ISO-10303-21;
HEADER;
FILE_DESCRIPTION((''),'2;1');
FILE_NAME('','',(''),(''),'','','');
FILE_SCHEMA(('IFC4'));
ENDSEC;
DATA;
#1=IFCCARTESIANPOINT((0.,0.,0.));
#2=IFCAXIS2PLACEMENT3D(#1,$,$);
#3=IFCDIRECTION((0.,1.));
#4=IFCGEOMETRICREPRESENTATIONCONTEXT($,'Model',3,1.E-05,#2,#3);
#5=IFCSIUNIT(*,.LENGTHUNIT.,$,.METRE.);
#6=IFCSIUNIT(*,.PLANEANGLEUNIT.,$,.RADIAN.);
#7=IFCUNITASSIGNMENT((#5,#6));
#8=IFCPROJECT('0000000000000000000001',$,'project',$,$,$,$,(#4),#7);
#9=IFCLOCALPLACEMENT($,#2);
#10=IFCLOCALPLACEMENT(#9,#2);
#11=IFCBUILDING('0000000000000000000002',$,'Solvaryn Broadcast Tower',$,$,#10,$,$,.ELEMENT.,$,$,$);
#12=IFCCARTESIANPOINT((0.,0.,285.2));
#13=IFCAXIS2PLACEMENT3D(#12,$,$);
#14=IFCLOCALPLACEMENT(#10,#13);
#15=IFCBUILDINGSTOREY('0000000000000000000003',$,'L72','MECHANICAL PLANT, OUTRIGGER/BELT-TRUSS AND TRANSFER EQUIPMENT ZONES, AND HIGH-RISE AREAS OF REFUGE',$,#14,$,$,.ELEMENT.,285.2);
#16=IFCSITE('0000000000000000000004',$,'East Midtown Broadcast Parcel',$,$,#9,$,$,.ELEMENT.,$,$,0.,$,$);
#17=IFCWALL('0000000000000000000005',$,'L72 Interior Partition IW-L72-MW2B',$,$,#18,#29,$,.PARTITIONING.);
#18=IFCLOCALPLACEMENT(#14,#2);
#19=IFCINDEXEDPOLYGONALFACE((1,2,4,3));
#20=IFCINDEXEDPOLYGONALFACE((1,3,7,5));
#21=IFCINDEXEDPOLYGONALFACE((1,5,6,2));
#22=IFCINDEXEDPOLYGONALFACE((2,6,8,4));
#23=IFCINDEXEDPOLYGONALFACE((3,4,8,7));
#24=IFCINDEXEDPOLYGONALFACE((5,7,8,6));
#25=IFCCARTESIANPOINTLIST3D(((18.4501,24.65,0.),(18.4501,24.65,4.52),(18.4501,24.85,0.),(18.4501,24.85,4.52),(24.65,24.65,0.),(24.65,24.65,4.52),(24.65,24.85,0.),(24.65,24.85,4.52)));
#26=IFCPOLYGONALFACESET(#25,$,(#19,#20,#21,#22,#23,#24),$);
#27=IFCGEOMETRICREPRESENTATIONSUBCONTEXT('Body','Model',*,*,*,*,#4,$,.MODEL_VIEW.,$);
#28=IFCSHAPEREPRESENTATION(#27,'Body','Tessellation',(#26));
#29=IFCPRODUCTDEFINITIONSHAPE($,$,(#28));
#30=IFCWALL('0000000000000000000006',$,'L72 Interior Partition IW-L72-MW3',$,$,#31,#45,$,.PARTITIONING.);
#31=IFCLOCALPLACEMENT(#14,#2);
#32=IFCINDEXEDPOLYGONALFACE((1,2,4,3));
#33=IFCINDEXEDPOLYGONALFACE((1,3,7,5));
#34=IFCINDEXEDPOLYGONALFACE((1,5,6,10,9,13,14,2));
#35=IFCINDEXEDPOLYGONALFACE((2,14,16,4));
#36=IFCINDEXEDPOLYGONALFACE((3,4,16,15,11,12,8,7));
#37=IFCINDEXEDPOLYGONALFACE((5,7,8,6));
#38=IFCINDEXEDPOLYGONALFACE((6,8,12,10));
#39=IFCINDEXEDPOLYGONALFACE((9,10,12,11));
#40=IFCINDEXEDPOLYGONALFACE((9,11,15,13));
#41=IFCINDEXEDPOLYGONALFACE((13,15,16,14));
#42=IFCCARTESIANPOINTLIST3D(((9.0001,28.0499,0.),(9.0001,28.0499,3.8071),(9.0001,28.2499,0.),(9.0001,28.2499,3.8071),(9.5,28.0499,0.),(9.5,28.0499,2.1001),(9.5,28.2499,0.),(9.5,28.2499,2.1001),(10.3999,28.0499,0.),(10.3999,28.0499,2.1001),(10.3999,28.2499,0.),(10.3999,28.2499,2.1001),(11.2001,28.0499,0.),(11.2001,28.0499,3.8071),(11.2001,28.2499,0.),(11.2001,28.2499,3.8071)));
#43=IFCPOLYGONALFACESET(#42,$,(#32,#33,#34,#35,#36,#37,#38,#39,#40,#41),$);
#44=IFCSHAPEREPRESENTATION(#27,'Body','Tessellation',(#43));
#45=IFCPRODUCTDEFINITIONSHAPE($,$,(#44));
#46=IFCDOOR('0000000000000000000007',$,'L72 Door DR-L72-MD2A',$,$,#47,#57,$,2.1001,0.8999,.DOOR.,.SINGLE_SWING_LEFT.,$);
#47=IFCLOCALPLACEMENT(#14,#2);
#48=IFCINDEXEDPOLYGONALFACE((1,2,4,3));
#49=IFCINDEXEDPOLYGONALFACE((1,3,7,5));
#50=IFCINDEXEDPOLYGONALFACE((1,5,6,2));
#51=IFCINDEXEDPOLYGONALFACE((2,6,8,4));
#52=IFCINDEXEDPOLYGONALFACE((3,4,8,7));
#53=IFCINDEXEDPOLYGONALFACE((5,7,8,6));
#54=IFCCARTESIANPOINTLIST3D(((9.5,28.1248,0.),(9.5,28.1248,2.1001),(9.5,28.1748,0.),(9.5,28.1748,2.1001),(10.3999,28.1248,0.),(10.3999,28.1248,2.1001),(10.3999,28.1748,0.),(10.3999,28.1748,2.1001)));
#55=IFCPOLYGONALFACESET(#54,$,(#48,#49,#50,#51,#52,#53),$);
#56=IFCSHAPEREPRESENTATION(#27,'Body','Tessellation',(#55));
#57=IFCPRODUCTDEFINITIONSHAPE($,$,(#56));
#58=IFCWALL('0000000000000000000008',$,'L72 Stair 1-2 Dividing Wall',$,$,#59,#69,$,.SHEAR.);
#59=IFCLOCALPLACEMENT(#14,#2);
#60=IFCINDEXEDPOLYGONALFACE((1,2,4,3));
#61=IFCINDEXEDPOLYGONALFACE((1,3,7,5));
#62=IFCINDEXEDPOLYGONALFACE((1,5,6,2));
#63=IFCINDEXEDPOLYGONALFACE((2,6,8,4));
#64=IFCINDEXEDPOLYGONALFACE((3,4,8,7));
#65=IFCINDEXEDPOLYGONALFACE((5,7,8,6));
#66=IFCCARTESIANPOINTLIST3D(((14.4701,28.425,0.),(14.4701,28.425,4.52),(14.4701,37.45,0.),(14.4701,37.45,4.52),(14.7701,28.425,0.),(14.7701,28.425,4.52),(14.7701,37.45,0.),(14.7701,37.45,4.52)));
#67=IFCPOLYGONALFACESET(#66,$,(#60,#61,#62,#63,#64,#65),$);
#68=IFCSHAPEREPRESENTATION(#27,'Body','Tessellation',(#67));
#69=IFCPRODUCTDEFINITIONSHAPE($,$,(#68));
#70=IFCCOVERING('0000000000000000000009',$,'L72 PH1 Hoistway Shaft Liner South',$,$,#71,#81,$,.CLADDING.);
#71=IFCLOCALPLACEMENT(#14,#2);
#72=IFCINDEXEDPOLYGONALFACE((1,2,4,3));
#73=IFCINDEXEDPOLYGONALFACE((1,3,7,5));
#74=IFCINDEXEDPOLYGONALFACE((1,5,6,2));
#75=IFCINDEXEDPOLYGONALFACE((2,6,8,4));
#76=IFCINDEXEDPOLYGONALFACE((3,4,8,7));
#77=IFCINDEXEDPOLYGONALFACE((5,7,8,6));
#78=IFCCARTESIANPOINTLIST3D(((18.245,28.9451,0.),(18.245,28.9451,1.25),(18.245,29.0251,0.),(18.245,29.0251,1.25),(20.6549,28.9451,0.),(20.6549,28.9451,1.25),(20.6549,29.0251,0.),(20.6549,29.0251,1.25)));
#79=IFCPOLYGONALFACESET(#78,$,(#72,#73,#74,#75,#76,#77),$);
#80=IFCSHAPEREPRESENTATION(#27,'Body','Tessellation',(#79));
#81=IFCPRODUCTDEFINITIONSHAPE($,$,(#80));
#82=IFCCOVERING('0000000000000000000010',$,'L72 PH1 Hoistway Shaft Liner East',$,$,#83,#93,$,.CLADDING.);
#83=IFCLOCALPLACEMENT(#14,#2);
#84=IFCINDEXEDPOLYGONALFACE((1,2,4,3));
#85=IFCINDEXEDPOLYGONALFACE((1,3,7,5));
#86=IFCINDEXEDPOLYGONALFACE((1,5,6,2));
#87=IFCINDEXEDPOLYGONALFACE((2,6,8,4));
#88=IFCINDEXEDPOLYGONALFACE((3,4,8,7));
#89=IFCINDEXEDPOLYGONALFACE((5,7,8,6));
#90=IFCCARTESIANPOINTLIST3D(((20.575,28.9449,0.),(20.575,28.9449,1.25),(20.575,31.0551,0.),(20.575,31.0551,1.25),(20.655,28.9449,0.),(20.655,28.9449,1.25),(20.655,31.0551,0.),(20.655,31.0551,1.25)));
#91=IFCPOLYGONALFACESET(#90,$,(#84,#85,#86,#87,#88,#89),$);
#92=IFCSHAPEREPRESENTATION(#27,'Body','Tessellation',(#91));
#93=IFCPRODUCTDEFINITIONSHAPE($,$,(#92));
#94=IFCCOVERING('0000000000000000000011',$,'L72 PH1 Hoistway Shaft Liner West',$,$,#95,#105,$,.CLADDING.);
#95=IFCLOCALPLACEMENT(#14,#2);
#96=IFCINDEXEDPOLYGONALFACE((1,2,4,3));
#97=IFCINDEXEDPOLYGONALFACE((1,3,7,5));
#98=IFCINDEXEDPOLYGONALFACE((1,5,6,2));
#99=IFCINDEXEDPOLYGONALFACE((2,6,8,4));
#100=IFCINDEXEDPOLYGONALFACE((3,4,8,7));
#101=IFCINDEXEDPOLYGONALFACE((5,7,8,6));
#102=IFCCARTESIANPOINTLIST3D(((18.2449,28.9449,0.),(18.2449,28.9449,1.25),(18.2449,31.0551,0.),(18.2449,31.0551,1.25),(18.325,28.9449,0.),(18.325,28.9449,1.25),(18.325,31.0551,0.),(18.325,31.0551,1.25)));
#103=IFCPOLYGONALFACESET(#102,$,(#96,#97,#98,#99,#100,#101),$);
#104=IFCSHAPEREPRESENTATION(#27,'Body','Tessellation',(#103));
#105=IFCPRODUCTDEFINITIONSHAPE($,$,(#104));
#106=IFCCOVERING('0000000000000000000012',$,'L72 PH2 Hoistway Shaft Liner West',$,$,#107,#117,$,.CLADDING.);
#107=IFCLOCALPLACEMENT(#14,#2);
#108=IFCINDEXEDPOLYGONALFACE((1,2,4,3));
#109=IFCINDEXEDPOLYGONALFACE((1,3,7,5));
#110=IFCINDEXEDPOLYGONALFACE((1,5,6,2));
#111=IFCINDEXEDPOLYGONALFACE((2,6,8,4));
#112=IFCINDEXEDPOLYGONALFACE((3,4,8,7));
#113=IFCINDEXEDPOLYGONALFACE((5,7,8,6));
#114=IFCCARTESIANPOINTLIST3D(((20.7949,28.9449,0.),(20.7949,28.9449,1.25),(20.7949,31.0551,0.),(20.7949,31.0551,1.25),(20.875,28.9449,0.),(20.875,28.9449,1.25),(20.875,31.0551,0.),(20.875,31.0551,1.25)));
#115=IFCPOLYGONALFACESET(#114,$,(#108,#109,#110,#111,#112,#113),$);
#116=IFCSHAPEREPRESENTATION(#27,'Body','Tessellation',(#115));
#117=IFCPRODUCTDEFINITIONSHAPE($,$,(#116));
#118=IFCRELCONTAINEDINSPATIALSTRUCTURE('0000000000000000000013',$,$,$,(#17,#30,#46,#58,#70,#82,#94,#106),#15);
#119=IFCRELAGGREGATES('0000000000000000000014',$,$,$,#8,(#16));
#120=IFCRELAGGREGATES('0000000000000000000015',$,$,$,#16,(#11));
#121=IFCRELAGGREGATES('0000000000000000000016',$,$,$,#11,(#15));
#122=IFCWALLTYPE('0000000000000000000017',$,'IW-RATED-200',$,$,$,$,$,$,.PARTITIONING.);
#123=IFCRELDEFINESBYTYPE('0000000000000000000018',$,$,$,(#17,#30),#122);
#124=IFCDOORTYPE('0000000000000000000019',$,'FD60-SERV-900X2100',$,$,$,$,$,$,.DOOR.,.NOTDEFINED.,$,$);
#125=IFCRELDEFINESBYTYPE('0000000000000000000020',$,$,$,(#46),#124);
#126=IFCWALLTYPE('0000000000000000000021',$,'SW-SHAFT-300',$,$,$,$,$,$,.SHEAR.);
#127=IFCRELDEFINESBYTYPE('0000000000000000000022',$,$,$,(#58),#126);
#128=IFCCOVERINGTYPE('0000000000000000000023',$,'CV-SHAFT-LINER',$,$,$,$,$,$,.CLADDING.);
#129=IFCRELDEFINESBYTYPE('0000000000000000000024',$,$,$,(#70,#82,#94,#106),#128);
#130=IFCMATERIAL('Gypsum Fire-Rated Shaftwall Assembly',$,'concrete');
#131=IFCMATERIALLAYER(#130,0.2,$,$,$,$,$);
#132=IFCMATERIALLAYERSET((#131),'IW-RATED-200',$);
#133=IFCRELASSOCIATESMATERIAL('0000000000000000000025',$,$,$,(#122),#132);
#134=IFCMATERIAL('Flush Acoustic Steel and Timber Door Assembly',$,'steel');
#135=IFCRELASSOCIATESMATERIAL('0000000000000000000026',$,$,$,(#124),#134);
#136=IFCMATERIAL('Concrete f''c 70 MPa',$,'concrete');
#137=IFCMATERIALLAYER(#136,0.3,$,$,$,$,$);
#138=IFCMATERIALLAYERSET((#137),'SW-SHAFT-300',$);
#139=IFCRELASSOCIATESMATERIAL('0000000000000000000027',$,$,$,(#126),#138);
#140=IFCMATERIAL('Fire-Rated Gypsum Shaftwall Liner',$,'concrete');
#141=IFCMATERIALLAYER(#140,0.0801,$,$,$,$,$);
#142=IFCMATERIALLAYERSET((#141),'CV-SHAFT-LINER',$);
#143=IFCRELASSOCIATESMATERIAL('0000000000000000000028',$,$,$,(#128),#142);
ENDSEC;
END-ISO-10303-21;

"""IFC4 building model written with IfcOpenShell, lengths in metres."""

from ifc_helpers import new_model, si_unit, direction, frame, frame_2d, origin, origin_2d, place, context, subcontext, project, spatial, rectangle, extrude, material, layer, layer_set, type_object, element, fill, save


model = new_model("IFC4")

# Units and contexts
model_context = context("Model", 3, precision=1e-05, world=origin(), true_north=direction((0.0, 1.0)))
body_context = subcontext(model_context, "Body", "Model", "MODEL_VIEW")
ifc_project = project(units=[si_unit("LENGTHUNIT", "METRE"), si_unit("PLANEANGLEUNIT", "RADIAN")], contexts=[model_context])

# Site, building, storey
site_placement = place(None, origin())
site = spatial("IfcSite", under=ifc_project, at=site_placement, Name="East Midtown Broadcast Parcel", CompositionType="ELEMENT", RefElevation=0.0)
building_placement = place(site_placement, origin())
building = spatial("IfcBuilding", under=site, at=building_placement, Name="Solvaryn Broadcast Tower", CompositionType="ELEMENT")
storey_placement = place(building_placement, frame((0.0, 0.0, 285.2)))
storey = spatial("IfcBuildingStorey", under=building, at=storey_placement, Name="L72", Description="MECHANICAL PLANT, OUTRIGGER/BELT-TRUSS AND TRANSFER EQUIPMENT ZONES, AND HIGH-RISE AREAS OF REFUGE", CompositionType="ELEMENT", Elevation=285.2)

# Wall
ifc_material_1 = material(Name="Gypsum Fire-Rated Shaftwall Assembly", Category="concrete")
ifc_layer_1 = layer(ifc_material_1, 0.2)
ifc_layer_set_1 = layer_set([ifc_layer_1], Name="IW-RATED-200")
wall_type_1 = type_object("IfcWallType", Name="IW-RATED-200", PredefinedType="PARTITIONING", material=ifc_layer_set_1)
wall_1_placement = place(storey_placement, frame((18.45, 24.75, 0.0), z_axis=(0.0, 0.0, 1.0), x_axis=(1.0, 0.0, 0.0)))
element("IfcWall", 1, at=wall_1_placement, inside=storey, type_object=wall_type_1, Name="L72 Interior Partition IW-L72-MW2B", PredefinedType="PARTITIONING", context=body_context, shape_type="SweptSolid", body=[
    extrude(rectangle(XDim=6.2, YDim=0.2, at=frame_2d((3.1001, 0.0))), origin(), (0.0, 0.0, 1.0), 4.52),
])

# Wall, opening, door
wall_2_placement = place(storey_placement, frame((9.0, 28.1499, 0.0), z_axis=(0.0, 0.0, 1.0), x_axis=(1.0, 0.0, 0.0)))
wall_2 = element("IfcWall", 2, at=wall_2_placement, inside=storey, type_object=wall_type_1, Name="L72 Interior Partition IW-L72-MW3", PredefinedType="PARTITIONING", context=body_context, shape_type="SweptSolid", body=[
    extrude(rectangle(XDim=2.2, YDim=0.2, at=frame_2d((1.1001, 0.0))), origin(), (0.0, 0.0, 1.0), 3.8071),
])
opening_1_placement = place(wall_2_placement, frame((0.5, 0.0, 0.0)))
opening_1 = element("IfcOpeningElement", 3, at=opening_1_placement, cuts=wall_2, PredefinedType="OPENING", context=body_context, shape_type="SweptSolid", body=[
    extrude(rectangle(XDim=0.8999, YDim=2.1001, at=frame_2d((0.45, 1.05))), frame((0.0, 0.1101, 0.0), z_axis=(0.0, -1.0, 0.0), x_axis=(1.0, 0.0, 0.0)), (0.0, 0.0, 1.0), 0.22),
])
ifc_material_2 = material(Name="Flush Acoustic Steel and Timber Door Assembly", Category="steel")
door_type_1 = type_object("IfcDoorType", Name="FD60-SERV-900X2100", OperationType="NOTDEFINED", PredefinedType="DOOR", material=ifc_material_2)
door_1_placement = place(opening_1_placement, origin())
door_1 = element("IfcDoor", 4, at=door_1_placement, inside=storey, type_object=door_type_1, Name="L72 Door DR-L72-MD2A", OperationType="SINGLE_SWING_LEFT", OverallHeight=2.1001, OverallWidth=0.8999, PredefinedType="DOOR", context=body_context, shape_type="SweptSolid", body=[
    extrude(rectangle(XDim=0.8999, YDim=2.1001, at=frame_2d((0.45, 1.05))), frame((0.0, 0.0249, 0.0), z_axis=(0.0, -1.0, 0.0), x_axis=(1.0, 0.0, 0.0)), (0.0, 0.0, 1.0), 0.05),
])
fill(opening_1, door_1)

# Wall
ifc_material_3 = material(Name="Concrete f'c 70 MPa", Category="concrete")
ifc_layer_2 = layer(ifc_material_3, 0.3)
ifc_layer_set_2 = layer_set([ifc_layer_2], Name="SW-SHAFT-300")
wall_type_2 = type_object("IfcWallType", Name="SW-SHAFT-300", PredefinedType="SHEAR", material=ifc_layer_set_2)
wall_3_placement = place(storey_placement, frame((14.6201, 28.425, 0.0), z_axis=(0.0, 0.0, 1.0), x_axis=(0.0, 1.0, 0.0)))
element("IfcWall", 5, at=wall_3_placement, inside=storey, type_object=wall_type_2, Name="L72 Stair 1-2 Dividing Wall", PredefinedType="SHEAR", context=body_context, shape_type="SweptSolid", body=[
    extrude(rectangle(XDim=9.0249, YDim=0.3, at=frame_2d((4.5125, 0.0))), origin(), (0.0, 0.0, 1.0), 4.52),
])

# Coverings
ifc_material_4 = material(Name="Fire-Rated Gypsum Shaftwall Liner", Category="concrete")
ifc_layer_3 = layer(ifc_material_4, 0.0801)
ifc_layer_set_3 = layer_set([ifc_layer_3], Name="CV-SHAFT-LINER")
covering_type = type_object("IfcCoveringType", Name="CV-SHAFT-LINER", PredefinedType="CLADDING", material=ifc_layer_set_3)
covering_placement = place(storey_placement, frame((19.45, 28.9851, 0.0), z_axis=(0.0, 0.0, 1.0), x_axis=(1.0, 0.0, 0.0)))
element("IfcCovering", 6, at=covering_placement, inside=storey, type_object=covering_type, Name="L72 PH1 Hoistway Shaft Liner South", PredefinedType="CLADDING", context=body_context, shape_type="SweptSolid", body=[
    extrude(rectangle(XDim=2.4099, YDim=0.0801, at=origin_2d()), origin(), (0.0, 0.0, 1.0), 1.25),
])
for number, where, z_axis, x_axis, name in (
    (7, (20.615, 30.0, 0.0), (0.0, 0.0, 1.0), (1.0, 0.0, 0.0), "L72 PH1 Hoistway Shaft Liner East"),
    (8, (18.2849, 30.0, 0.0), (0.0, 0.0, 1.0), (1.0, 0.0, 0.0), "L72 PH1 Hoistway Shaft Liner West"),
    (9, (20.835, 30.0, 0.0), (0.0, 0.0, 1.0), (1.0, 0.0, 0.0), "L72 PH2 Hoistway Shaft Liner West"),
):
    element("IfcCovering", number, at=place(storey_placement, frame(where, z_axis=z_axis, x_axis=x_axis)), inside=storey, type_object=covering_type, Name=name, PredefinedType="CLADDING", context=body_context, shape_type="SweptSolid", body=[
        extrude(rectangle(XDim=0.0801, YDim=2.1101, at=origin_2d()), origin(), (0.0, 0.0, 1.0), 1.25),
    ])

save(model, "model.ifc")
